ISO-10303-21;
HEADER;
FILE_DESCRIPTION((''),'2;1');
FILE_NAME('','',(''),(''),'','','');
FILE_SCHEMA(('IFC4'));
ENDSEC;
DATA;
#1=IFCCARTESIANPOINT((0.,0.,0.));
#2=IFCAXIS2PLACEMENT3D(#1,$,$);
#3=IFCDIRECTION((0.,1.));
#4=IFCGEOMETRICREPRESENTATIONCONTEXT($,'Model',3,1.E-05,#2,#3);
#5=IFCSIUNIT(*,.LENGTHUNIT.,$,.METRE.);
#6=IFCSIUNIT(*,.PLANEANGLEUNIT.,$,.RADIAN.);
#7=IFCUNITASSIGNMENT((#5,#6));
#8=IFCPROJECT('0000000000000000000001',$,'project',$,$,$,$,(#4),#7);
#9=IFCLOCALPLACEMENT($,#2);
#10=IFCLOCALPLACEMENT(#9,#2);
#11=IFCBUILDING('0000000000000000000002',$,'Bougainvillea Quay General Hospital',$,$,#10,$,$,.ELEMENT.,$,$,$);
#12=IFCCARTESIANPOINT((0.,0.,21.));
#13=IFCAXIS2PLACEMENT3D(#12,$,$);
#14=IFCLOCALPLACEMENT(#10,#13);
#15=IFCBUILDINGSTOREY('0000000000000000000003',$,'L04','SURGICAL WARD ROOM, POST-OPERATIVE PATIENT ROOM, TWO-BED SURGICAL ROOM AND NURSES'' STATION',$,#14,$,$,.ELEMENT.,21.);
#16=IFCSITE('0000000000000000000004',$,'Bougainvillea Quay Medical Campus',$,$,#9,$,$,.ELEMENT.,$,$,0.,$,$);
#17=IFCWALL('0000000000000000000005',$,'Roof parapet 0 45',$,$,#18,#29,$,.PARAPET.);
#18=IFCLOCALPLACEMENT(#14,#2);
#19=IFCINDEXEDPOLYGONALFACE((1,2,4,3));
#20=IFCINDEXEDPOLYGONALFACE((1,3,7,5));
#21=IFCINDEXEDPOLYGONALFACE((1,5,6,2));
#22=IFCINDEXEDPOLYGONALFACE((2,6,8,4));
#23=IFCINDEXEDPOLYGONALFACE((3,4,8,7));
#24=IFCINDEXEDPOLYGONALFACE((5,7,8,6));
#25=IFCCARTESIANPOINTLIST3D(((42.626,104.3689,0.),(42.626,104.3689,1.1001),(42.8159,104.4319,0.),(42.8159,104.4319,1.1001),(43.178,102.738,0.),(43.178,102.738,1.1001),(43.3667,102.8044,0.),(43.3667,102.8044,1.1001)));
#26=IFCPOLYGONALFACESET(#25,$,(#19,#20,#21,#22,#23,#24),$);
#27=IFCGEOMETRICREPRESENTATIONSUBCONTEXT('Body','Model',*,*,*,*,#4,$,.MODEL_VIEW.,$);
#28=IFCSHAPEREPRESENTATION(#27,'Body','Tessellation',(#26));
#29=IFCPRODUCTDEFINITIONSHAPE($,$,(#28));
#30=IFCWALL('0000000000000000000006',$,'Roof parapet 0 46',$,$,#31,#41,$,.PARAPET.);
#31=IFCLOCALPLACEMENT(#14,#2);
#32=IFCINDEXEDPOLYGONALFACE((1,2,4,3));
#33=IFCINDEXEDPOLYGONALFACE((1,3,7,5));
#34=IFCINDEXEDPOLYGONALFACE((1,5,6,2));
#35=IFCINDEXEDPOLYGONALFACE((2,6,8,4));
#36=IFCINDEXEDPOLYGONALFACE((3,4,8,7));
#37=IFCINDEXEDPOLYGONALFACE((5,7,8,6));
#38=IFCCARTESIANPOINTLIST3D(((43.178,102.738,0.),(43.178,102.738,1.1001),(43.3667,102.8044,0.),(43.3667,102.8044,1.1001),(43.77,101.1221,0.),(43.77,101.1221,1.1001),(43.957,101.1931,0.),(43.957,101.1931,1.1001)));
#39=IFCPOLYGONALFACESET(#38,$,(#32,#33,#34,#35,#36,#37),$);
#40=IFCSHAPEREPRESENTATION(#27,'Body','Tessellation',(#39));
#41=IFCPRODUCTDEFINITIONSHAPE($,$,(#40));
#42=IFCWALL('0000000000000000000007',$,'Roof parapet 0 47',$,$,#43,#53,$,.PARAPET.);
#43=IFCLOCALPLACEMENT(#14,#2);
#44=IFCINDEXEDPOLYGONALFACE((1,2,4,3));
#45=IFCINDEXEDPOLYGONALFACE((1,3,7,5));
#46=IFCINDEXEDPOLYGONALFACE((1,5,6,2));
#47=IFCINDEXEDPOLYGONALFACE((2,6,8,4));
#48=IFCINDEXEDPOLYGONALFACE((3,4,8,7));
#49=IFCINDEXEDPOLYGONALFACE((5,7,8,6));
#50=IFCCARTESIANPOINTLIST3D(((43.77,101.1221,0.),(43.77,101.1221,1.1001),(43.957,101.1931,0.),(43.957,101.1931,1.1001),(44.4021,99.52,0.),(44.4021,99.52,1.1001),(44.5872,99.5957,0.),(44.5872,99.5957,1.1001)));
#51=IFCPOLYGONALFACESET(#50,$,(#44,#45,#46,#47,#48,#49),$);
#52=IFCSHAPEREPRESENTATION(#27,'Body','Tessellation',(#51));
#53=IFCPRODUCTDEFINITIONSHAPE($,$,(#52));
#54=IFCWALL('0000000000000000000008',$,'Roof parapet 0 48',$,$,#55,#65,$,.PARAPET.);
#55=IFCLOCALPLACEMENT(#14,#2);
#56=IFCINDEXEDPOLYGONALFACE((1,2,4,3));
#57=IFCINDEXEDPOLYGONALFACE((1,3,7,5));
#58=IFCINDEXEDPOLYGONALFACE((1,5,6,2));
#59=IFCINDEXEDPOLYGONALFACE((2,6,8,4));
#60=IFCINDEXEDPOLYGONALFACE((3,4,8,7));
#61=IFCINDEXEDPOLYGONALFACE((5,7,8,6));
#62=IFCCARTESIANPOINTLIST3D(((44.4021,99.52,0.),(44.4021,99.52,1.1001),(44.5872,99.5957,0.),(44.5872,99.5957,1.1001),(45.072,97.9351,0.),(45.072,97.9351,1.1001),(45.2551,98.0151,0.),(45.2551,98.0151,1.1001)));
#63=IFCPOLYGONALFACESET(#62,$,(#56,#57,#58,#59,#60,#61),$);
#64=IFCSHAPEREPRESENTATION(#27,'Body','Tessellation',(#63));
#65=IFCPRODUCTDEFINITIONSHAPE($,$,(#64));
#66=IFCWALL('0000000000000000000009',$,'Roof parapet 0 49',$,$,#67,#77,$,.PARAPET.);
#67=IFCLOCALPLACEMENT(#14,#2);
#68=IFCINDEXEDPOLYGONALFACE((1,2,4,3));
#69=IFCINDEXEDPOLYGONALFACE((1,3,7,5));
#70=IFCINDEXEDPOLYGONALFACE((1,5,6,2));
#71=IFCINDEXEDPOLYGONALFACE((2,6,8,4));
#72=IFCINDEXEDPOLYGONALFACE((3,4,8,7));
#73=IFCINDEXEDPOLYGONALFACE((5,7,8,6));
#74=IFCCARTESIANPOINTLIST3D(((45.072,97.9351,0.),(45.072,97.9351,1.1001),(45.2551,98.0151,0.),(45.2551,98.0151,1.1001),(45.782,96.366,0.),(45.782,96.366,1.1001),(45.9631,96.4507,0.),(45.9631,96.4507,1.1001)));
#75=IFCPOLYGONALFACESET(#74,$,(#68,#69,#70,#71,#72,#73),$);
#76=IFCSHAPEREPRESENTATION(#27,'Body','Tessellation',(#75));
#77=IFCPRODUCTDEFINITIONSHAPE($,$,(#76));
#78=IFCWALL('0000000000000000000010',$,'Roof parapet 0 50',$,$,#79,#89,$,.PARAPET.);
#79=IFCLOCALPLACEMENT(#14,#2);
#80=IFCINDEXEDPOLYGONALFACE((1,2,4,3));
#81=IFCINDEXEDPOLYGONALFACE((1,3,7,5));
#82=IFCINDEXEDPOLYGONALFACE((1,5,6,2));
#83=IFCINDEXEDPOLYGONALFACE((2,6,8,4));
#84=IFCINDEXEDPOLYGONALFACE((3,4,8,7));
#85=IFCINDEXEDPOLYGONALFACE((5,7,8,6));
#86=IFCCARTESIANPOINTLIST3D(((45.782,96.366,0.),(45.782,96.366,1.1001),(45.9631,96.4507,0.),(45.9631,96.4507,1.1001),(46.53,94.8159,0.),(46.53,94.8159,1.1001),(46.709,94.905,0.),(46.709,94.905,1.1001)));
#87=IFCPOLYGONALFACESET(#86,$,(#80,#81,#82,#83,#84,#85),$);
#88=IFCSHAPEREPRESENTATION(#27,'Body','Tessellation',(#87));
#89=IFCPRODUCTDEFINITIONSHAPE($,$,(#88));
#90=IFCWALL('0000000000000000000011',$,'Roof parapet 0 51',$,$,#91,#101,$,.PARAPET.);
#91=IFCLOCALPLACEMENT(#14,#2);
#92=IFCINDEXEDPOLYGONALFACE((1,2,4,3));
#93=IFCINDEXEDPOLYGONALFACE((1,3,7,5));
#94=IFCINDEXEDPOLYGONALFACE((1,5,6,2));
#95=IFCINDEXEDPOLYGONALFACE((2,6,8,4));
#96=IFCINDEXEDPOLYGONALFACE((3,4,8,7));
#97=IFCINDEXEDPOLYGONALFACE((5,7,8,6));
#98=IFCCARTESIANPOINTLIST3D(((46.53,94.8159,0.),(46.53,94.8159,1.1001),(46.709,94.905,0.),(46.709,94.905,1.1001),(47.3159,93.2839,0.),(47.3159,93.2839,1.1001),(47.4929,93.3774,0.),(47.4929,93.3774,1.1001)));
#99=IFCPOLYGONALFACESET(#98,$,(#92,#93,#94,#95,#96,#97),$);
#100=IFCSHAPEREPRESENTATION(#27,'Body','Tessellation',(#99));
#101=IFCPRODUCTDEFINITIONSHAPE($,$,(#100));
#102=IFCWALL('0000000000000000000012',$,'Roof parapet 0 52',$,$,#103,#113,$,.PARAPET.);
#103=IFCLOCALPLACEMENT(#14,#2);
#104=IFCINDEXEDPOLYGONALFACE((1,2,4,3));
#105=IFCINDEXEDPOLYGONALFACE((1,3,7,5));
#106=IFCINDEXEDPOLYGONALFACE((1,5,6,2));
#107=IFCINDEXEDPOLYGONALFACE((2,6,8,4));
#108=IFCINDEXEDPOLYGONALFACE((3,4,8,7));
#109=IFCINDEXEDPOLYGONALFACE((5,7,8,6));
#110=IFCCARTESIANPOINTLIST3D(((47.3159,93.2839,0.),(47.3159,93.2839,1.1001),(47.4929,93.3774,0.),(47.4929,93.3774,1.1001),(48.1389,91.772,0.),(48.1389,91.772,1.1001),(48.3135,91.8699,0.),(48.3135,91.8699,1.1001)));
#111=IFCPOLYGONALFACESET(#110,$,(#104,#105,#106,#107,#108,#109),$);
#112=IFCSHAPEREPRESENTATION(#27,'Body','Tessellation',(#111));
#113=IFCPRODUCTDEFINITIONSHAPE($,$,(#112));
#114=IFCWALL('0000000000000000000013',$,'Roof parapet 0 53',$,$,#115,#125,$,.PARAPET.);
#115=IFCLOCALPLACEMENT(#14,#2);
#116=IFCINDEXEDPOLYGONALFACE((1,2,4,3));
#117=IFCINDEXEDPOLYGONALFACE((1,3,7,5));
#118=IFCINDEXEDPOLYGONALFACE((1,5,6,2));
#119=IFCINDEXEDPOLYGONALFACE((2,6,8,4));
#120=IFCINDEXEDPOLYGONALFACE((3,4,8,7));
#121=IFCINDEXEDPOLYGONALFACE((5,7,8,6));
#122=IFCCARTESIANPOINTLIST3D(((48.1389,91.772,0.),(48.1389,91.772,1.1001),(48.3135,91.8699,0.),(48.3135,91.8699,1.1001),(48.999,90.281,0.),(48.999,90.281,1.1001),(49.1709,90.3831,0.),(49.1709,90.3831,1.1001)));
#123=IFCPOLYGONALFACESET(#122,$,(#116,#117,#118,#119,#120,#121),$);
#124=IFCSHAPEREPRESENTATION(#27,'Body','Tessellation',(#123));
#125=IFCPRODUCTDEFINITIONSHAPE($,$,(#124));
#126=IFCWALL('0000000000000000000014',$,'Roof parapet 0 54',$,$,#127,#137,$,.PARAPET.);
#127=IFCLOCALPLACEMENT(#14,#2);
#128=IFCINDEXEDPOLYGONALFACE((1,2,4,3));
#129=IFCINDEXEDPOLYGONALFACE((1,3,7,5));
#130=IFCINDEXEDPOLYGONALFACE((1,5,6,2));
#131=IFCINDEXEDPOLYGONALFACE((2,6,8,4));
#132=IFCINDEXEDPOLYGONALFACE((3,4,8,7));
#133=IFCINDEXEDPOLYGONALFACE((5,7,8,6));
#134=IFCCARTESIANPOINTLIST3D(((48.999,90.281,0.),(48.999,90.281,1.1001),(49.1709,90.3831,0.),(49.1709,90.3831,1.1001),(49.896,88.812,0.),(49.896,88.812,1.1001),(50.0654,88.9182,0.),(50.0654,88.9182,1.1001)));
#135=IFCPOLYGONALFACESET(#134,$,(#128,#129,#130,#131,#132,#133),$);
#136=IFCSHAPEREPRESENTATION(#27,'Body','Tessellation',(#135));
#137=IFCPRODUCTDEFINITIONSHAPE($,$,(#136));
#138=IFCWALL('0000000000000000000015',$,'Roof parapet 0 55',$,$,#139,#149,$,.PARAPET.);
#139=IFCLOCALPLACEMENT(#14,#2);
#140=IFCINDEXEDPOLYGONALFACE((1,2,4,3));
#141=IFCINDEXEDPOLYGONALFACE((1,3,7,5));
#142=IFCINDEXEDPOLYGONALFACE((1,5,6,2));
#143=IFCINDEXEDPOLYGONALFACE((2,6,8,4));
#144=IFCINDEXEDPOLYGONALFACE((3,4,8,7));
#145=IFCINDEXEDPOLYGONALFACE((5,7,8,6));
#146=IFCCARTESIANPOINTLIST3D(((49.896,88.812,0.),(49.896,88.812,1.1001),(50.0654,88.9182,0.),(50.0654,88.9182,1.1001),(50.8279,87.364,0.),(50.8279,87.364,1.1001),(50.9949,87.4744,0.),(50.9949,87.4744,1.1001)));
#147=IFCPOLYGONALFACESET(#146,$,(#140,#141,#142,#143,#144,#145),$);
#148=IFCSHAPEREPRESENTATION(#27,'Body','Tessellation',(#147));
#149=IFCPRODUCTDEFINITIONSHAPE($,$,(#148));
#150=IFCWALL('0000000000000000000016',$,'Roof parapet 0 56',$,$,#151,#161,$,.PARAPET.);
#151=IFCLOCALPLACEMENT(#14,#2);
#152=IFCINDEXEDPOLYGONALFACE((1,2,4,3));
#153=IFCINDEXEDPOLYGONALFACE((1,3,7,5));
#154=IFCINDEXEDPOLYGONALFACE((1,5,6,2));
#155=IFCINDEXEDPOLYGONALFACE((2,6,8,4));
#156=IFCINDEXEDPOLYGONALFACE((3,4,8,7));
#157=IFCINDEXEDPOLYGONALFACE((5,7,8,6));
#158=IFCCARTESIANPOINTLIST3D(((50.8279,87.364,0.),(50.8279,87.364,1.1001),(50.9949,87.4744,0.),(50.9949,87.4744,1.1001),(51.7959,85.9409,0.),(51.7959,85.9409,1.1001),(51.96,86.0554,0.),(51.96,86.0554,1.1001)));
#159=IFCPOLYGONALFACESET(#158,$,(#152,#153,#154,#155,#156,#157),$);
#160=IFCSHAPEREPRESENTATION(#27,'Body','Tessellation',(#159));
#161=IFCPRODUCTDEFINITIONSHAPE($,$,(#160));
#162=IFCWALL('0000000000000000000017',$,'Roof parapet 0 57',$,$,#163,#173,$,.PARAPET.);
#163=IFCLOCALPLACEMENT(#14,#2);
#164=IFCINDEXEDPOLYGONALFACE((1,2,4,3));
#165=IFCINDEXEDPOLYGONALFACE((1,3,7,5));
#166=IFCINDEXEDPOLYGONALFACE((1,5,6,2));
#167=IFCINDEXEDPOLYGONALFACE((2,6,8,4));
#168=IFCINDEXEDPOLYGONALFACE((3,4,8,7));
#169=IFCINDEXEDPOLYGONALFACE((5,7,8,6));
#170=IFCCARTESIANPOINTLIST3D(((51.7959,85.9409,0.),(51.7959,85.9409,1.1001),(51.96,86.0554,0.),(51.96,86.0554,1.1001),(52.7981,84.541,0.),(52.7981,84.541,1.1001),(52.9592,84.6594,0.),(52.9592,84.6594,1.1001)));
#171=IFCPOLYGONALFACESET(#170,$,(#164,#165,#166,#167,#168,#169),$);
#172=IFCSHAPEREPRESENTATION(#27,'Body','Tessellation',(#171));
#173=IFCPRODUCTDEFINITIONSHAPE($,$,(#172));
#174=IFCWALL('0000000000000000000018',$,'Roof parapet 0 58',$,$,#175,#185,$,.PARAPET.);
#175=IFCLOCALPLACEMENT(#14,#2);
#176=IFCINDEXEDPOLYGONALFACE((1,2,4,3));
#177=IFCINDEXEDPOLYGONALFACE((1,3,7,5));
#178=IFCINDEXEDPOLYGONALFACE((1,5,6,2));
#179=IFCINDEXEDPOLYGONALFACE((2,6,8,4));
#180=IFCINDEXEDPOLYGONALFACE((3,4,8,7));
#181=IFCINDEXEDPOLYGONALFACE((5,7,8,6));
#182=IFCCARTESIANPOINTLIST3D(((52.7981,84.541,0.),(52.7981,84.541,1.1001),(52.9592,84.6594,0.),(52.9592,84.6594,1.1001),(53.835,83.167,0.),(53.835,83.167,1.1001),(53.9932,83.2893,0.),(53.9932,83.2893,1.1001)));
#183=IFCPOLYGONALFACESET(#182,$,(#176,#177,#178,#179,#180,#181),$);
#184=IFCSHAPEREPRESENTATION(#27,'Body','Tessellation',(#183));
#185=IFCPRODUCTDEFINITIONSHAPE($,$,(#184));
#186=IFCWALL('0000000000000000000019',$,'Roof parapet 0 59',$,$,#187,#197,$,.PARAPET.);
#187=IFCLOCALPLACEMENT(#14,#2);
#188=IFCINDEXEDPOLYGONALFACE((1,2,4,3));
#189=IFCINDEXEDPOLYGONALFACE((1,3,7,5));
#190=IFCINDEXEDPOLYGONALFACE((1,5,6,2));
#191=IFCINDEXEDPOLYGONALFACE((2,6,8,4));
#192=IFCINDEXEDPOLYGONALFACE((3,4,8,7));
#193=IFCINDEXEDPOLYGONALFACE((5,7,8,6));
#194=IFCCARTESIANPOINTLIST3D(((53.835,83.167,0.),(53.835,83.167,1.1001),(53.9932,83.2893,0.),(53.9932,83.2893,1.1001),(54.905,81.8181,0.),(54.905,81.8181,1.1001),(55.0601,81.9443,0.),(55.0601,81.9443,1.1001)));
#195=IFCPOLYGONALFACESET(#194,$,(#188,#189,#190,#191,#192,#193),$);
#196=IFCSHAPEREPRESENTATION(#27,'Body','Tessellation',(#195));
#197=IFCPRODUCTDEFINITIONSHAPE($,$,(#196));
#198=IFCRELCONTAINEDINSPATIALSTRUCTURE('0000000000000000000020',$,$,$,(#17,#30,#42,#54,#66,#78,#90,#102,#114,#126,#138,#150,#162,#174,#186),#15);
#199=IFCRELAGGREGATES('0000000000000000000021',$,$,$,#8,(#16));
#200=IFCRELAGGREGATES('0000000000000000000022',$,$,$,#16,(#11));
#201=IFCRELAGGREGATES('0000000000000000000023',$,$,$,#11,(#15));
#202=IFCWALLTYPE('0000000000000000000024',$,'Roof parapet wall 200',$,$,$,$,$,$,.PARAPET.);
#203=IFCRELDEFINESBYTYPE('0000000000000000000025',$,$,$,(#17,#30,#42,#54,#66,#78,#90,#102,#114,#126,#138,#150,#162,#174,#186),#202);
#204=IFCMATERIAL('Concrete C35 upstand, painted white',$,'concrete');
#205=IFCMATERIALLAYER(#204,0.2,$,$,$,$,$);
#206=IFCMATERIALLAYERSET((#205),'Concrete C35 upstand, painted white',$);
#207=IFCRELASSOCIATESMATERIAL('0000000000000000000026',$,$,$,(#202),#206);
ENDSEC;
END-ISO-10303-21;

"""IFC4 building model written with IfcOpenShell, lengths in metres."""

from ifc_helpers import new_model, si_unit, direction, frame, origin, place, context, subcontext, project, spatial, polyline, outline, extrude, material, layer, layer_set, type_object, element, save


model = new_model("IFC4")

# Units and contexts
model_context = context("Model", 3, precision=1e-05, world=origin(), true_north=direction((0.0, 1.0)))
body_context = subcontext(model_context, "Body", "Model", "MODEL_VIEW")
ifc_project = project(units=[si_unit("LENGTHUNIT", "METRE"), si_unit("PLANEANGLEUNIT", "RADIAN")], contexts=[model_context])

# Site, building, storey
site_placement = place(None, origin())
site = spatial("IfcSite", under=ifc_project, at=site_placement, Name="Bougainvillea Quay Medical Campus", CompositionType="ELEMENT", RefElevation=0.0)
building_placement = place(site_placement, origin())
building = spatial("IfcBuilding", under=site, at=building_placement, Name="Bougainvillea Quay General Hospital", CompositionType="ELEMENT")
storey_placement = place(building_placement, frame((0.0, 0.0, 21.0)))
storey = spatial("IfcBuildingStorey", under=building, at=storey_placement, Name="L04", Description="SURGICAL WARD ROOM, POST-OPERATIVE PATIENT ROOM, TWO-BED SURGICAL ROOM AND NURSES' STATION", CompositionType="ELEMENT", Elevation=21.0)

# Walls
ifc_material = material(Name="Concrete C35 upstand, painted white", Category="concrete")
ifc_layer = layer(ifc_material, 0.2)
ifc_layer_set = layer_set([ifc_layer], Name="Concrete C35 upstand, painted white")
wall_type = type_object("IfcWallType", Name="Roof parapet wall 200", PredefinedType="PARAPET", material=ifc_layer_set)
wall_1_placement = place(storey_placement, origin())
element("IfcWall", 1, at=wall_1_placement, inside=storey, type_object=wall_type, Name="Roof parapet 0 45", PredefinedType="PARAPET", context=body_context, shape_type="SweptSolid", body=[
    extrude(outline(polyline([(43.3667, 102.8044), (43.178, 102.738), (42.626, 104.3689), (42.8159, 104.4319), (43.3667, 102.8044)])), origin(), (0.0, 0.0, 1.0), 1.1001),
])
wall_2_placement = place(storey_placement, origin())
element("IfcWall", 2, at=wall_2_placement, inside=storey, type_object=wall_type, Name="Roof parapet 0 46", PredefinedType="PARAPET", context=body_context, shape_type="SweptSolid", body=[
    extrude(outline(polyline([(43.957, 101.1931), (43.77, 101.1221), (43.178, 102.738), (43.3667, 102.8044), (43.957, 101.1931)])), origin(), (0.0, 0.0, 1.0), 1.1001),
])
wall_3_placement = place(storey_placement, origin())
element("IfcWall", 3, at=wall_3_placement, inside=storey, type_object=wall_type, Name="Roof parapet 0 47", PredefinedType="PARAPET", context=body_context, shape_type="SweptSolid", body=[
    extrude(outline(polyline([(44.5872, 99.5957), (44.4021, 99.52), (43.77, 101.1221), (43.957, 101.1931), (44.5872, 99.5957)])), origin(), (0.0, 0.0, 1.0), 1.1001),
])
wall_4_placement = place(storey_placement, origin())
element("IfcWall", 4, at=wall_4_placement, inside=storey, type_object=wall_type, Name="Roof parapet 0 48", PredefinedType="PARAPET", context=body_context, shape_type="SweptSolid", body=[
    extrude(outline(polyline([(45.2551, 98.0151), (45.072, 97.9351), (44.4021, 99.52), (44.5872, 99.5957), (45.2551, 98.0151)])), origin(), (0.0, 0.0, 1.0), 1.1001),
])
wall_5_placement = place(storey_placement, origin())
element("IfcWall", 5, at=wall_5_placement, inside=storey, type_object=wall_type, Name="Roof parapet 0 49", PredefinedType="PARAPET", context=body_context, shape_type="SweptSolid", body=[
    extrude(outline(polyline([(45.9631, 96.4507), (45.782, 96.366), (45.072, 97.9351), (45.2551, 98.0151), (45.9631, 96.4507)])), origin(), (0.0, 0.0, 1.0), 1.1001),
])
wall_6_placement = place(storey_placement, origin())
element("IfcWall", 6, at=wall_6_placement, inside=storey, type_object=wall_type, Name="Roof parapet 0 50", PredefinedType="PARAPET", context=body_context, shape_type="SweptSolid", body=[
    extrude(outline(polyline([(46.709, 94.905), (46.53, 94.8159), (45.782, 96.366), (45.9631, 96.4507), (46.709, 94.905)])), origin(), (0.0, 0.0, 1.0), 1.1001),
])
wall_7_placement = place(storey_placement, origin())
element("IfcWall", 7, at=wall_7_placement, inside=storey, type_object=wall_type, Name="Roof parapet 0 51", PredefinedType="PARAPET", context=body_context, shape_type="SweptSolid", body=[
    extrude(outline(polyline([(47.4929, 93.3774), (47.3159, 93.2839), (46.53, 94.8159), (46.709, 94.905), (47.4929, 93.3774)])), origin(), (0.0, 0.0, 1.0), 1.1001),
])
wall_8_placement = place(storey_placement, origin())
element("IfcWall", 8, at=wall_8_placement, inside=storey, type_object=wall_type, Name="Roof parapet 0 52", PredefinedType="PARAPET", context=body_context, shape_type="SweptSolid", body=[
    extrude(outline(polyline([(48.3135, 91.8699), (48.1389, 91.772), (47.3159, 93.2839), (47.4929, 93.3774), (48.3135, 91.8699)])), origin(), (0.0, 0.0, 1.0), 1.1001),
])
wall_9_placement = place(storey_placement, origin())
element("IfcWall", 9, at=wall_9_placement, inside=storey, type_object=wall_type, Name="Roof parapet 0 53", PredefinedType="PARAPET", context=body_context, shape_type="SweptSolid", body=[
    extrude(outline(polyline([(49.1709, 90.3831), (48.999, 90.281), (48.1389, 91.772), (48.3135, 91.8699), (49.1709, 90.3831)])), origin(), (0.0, 0.0, 1.0), 1.1001),
])
wall_10_placement = place(storey_placement, origin())
element("IfcWall", 10, at=wall_10_placement, inside=storey, type_object=wall_type, Name="Roof parapet 0 54", PredefinedType="PARAPET", context=body_context, shape_type="SweptSolid", body=[
    extrude(outline(polyline([(50.0654, 88.9182), (49.896, 88.812), (48.999, 90.281), (49.1709, 90.3831), (50.0654, 88.9182)])), origin(), (0.0, 0.0, 1.0), 1.1001),
])
wall_11_placement = place(storey_placement, origin())
element("IfcWall", 11, at=wall_11_placement, inside=storey, type_object=wall_type, Name="Roof parapet 0 55", PredefinedType="PARAPET", context=body_context, shape_type="SweptSolid", body=[
    extrude(outline(polyline([(50.9949, 87.4744), (50.8279, 87.364), (49.896, 88.812), (50.0654, 88.9182), (50.9949, 87.4744)])), origin(), (0.0, 0.0, 1.0), 1.1001),
])
wall_12_placement = place(storey_placement, origin())
element("IfcWall", 12, at=wall_12_placement, inside=storey, type_object=wall_type, Name="Roof parapet 0 56", PredefinedType="PARAPET", context=body_context, shape_type="SweptSolid", body=[
    extrude(outline(polyline([(51.96, 86.0554), (51.7959, 85.9409), (50.8279, 87.364), (50.9949, 87.4744), (51.96, 86.0554)])), origin(), (0.0, 0.0, 1.0), 1.1001),
])
wall_13_placement = place(storey_placement, origin())
element("IfcWall", 13, at=wall_13_placement, inside=storey, type_object=wall_type, Name="Roof parapet 0 57", PredefinedType="PARAPET", context=body_context, shape_type="SweptSolid", body=[
    extrude(outline(polyline([(52.9592, 84.6594), (52.7981, 84.541), (51.7959, 85.9409), (51.96, 86.0554), (52.9592, 84.6594)])), origin(), (0.0, 0.0, 1.0), 1.1001),
])
wall_14_placement = place(storey_placement, origin())
element("IfcWall", 14, at=wall_14_placement, inside=storey, type_object=wall_type, Name="Roof parapet 0 58", PredefinedType="PARAPET", context=body_context, shape_type="SweptSolid", body=[
    extrude(outline(polyline([(53.9932, 83.2893), (53.835, 83.167), (52.7981, 84.541), (52.9592, 84.6594), (53.9932, 83.2893)])), origin(), (0.0, 0.0, 1.0), 1.1001),
])
wall_15_placement = place(storey_placement, origin())
element("IfcWall", 15, at=wall_15_placement, inside=storey, type_object=wall_type, Name="Roof parapet 0 59", PredefinedType="PARAPET", context=body_context, shape_type="SweptSolid", body=[
    extrude(outline(polyline([(55.0601, 81.9443), (54.905, 81.8181), (53.835, 83.167), (53.9932, 83.2893), (55.0601, 81.9443)])), origin(), (0.0, 0.0, 1.0), 1.1001),
])

save(model, "model.ifc")
